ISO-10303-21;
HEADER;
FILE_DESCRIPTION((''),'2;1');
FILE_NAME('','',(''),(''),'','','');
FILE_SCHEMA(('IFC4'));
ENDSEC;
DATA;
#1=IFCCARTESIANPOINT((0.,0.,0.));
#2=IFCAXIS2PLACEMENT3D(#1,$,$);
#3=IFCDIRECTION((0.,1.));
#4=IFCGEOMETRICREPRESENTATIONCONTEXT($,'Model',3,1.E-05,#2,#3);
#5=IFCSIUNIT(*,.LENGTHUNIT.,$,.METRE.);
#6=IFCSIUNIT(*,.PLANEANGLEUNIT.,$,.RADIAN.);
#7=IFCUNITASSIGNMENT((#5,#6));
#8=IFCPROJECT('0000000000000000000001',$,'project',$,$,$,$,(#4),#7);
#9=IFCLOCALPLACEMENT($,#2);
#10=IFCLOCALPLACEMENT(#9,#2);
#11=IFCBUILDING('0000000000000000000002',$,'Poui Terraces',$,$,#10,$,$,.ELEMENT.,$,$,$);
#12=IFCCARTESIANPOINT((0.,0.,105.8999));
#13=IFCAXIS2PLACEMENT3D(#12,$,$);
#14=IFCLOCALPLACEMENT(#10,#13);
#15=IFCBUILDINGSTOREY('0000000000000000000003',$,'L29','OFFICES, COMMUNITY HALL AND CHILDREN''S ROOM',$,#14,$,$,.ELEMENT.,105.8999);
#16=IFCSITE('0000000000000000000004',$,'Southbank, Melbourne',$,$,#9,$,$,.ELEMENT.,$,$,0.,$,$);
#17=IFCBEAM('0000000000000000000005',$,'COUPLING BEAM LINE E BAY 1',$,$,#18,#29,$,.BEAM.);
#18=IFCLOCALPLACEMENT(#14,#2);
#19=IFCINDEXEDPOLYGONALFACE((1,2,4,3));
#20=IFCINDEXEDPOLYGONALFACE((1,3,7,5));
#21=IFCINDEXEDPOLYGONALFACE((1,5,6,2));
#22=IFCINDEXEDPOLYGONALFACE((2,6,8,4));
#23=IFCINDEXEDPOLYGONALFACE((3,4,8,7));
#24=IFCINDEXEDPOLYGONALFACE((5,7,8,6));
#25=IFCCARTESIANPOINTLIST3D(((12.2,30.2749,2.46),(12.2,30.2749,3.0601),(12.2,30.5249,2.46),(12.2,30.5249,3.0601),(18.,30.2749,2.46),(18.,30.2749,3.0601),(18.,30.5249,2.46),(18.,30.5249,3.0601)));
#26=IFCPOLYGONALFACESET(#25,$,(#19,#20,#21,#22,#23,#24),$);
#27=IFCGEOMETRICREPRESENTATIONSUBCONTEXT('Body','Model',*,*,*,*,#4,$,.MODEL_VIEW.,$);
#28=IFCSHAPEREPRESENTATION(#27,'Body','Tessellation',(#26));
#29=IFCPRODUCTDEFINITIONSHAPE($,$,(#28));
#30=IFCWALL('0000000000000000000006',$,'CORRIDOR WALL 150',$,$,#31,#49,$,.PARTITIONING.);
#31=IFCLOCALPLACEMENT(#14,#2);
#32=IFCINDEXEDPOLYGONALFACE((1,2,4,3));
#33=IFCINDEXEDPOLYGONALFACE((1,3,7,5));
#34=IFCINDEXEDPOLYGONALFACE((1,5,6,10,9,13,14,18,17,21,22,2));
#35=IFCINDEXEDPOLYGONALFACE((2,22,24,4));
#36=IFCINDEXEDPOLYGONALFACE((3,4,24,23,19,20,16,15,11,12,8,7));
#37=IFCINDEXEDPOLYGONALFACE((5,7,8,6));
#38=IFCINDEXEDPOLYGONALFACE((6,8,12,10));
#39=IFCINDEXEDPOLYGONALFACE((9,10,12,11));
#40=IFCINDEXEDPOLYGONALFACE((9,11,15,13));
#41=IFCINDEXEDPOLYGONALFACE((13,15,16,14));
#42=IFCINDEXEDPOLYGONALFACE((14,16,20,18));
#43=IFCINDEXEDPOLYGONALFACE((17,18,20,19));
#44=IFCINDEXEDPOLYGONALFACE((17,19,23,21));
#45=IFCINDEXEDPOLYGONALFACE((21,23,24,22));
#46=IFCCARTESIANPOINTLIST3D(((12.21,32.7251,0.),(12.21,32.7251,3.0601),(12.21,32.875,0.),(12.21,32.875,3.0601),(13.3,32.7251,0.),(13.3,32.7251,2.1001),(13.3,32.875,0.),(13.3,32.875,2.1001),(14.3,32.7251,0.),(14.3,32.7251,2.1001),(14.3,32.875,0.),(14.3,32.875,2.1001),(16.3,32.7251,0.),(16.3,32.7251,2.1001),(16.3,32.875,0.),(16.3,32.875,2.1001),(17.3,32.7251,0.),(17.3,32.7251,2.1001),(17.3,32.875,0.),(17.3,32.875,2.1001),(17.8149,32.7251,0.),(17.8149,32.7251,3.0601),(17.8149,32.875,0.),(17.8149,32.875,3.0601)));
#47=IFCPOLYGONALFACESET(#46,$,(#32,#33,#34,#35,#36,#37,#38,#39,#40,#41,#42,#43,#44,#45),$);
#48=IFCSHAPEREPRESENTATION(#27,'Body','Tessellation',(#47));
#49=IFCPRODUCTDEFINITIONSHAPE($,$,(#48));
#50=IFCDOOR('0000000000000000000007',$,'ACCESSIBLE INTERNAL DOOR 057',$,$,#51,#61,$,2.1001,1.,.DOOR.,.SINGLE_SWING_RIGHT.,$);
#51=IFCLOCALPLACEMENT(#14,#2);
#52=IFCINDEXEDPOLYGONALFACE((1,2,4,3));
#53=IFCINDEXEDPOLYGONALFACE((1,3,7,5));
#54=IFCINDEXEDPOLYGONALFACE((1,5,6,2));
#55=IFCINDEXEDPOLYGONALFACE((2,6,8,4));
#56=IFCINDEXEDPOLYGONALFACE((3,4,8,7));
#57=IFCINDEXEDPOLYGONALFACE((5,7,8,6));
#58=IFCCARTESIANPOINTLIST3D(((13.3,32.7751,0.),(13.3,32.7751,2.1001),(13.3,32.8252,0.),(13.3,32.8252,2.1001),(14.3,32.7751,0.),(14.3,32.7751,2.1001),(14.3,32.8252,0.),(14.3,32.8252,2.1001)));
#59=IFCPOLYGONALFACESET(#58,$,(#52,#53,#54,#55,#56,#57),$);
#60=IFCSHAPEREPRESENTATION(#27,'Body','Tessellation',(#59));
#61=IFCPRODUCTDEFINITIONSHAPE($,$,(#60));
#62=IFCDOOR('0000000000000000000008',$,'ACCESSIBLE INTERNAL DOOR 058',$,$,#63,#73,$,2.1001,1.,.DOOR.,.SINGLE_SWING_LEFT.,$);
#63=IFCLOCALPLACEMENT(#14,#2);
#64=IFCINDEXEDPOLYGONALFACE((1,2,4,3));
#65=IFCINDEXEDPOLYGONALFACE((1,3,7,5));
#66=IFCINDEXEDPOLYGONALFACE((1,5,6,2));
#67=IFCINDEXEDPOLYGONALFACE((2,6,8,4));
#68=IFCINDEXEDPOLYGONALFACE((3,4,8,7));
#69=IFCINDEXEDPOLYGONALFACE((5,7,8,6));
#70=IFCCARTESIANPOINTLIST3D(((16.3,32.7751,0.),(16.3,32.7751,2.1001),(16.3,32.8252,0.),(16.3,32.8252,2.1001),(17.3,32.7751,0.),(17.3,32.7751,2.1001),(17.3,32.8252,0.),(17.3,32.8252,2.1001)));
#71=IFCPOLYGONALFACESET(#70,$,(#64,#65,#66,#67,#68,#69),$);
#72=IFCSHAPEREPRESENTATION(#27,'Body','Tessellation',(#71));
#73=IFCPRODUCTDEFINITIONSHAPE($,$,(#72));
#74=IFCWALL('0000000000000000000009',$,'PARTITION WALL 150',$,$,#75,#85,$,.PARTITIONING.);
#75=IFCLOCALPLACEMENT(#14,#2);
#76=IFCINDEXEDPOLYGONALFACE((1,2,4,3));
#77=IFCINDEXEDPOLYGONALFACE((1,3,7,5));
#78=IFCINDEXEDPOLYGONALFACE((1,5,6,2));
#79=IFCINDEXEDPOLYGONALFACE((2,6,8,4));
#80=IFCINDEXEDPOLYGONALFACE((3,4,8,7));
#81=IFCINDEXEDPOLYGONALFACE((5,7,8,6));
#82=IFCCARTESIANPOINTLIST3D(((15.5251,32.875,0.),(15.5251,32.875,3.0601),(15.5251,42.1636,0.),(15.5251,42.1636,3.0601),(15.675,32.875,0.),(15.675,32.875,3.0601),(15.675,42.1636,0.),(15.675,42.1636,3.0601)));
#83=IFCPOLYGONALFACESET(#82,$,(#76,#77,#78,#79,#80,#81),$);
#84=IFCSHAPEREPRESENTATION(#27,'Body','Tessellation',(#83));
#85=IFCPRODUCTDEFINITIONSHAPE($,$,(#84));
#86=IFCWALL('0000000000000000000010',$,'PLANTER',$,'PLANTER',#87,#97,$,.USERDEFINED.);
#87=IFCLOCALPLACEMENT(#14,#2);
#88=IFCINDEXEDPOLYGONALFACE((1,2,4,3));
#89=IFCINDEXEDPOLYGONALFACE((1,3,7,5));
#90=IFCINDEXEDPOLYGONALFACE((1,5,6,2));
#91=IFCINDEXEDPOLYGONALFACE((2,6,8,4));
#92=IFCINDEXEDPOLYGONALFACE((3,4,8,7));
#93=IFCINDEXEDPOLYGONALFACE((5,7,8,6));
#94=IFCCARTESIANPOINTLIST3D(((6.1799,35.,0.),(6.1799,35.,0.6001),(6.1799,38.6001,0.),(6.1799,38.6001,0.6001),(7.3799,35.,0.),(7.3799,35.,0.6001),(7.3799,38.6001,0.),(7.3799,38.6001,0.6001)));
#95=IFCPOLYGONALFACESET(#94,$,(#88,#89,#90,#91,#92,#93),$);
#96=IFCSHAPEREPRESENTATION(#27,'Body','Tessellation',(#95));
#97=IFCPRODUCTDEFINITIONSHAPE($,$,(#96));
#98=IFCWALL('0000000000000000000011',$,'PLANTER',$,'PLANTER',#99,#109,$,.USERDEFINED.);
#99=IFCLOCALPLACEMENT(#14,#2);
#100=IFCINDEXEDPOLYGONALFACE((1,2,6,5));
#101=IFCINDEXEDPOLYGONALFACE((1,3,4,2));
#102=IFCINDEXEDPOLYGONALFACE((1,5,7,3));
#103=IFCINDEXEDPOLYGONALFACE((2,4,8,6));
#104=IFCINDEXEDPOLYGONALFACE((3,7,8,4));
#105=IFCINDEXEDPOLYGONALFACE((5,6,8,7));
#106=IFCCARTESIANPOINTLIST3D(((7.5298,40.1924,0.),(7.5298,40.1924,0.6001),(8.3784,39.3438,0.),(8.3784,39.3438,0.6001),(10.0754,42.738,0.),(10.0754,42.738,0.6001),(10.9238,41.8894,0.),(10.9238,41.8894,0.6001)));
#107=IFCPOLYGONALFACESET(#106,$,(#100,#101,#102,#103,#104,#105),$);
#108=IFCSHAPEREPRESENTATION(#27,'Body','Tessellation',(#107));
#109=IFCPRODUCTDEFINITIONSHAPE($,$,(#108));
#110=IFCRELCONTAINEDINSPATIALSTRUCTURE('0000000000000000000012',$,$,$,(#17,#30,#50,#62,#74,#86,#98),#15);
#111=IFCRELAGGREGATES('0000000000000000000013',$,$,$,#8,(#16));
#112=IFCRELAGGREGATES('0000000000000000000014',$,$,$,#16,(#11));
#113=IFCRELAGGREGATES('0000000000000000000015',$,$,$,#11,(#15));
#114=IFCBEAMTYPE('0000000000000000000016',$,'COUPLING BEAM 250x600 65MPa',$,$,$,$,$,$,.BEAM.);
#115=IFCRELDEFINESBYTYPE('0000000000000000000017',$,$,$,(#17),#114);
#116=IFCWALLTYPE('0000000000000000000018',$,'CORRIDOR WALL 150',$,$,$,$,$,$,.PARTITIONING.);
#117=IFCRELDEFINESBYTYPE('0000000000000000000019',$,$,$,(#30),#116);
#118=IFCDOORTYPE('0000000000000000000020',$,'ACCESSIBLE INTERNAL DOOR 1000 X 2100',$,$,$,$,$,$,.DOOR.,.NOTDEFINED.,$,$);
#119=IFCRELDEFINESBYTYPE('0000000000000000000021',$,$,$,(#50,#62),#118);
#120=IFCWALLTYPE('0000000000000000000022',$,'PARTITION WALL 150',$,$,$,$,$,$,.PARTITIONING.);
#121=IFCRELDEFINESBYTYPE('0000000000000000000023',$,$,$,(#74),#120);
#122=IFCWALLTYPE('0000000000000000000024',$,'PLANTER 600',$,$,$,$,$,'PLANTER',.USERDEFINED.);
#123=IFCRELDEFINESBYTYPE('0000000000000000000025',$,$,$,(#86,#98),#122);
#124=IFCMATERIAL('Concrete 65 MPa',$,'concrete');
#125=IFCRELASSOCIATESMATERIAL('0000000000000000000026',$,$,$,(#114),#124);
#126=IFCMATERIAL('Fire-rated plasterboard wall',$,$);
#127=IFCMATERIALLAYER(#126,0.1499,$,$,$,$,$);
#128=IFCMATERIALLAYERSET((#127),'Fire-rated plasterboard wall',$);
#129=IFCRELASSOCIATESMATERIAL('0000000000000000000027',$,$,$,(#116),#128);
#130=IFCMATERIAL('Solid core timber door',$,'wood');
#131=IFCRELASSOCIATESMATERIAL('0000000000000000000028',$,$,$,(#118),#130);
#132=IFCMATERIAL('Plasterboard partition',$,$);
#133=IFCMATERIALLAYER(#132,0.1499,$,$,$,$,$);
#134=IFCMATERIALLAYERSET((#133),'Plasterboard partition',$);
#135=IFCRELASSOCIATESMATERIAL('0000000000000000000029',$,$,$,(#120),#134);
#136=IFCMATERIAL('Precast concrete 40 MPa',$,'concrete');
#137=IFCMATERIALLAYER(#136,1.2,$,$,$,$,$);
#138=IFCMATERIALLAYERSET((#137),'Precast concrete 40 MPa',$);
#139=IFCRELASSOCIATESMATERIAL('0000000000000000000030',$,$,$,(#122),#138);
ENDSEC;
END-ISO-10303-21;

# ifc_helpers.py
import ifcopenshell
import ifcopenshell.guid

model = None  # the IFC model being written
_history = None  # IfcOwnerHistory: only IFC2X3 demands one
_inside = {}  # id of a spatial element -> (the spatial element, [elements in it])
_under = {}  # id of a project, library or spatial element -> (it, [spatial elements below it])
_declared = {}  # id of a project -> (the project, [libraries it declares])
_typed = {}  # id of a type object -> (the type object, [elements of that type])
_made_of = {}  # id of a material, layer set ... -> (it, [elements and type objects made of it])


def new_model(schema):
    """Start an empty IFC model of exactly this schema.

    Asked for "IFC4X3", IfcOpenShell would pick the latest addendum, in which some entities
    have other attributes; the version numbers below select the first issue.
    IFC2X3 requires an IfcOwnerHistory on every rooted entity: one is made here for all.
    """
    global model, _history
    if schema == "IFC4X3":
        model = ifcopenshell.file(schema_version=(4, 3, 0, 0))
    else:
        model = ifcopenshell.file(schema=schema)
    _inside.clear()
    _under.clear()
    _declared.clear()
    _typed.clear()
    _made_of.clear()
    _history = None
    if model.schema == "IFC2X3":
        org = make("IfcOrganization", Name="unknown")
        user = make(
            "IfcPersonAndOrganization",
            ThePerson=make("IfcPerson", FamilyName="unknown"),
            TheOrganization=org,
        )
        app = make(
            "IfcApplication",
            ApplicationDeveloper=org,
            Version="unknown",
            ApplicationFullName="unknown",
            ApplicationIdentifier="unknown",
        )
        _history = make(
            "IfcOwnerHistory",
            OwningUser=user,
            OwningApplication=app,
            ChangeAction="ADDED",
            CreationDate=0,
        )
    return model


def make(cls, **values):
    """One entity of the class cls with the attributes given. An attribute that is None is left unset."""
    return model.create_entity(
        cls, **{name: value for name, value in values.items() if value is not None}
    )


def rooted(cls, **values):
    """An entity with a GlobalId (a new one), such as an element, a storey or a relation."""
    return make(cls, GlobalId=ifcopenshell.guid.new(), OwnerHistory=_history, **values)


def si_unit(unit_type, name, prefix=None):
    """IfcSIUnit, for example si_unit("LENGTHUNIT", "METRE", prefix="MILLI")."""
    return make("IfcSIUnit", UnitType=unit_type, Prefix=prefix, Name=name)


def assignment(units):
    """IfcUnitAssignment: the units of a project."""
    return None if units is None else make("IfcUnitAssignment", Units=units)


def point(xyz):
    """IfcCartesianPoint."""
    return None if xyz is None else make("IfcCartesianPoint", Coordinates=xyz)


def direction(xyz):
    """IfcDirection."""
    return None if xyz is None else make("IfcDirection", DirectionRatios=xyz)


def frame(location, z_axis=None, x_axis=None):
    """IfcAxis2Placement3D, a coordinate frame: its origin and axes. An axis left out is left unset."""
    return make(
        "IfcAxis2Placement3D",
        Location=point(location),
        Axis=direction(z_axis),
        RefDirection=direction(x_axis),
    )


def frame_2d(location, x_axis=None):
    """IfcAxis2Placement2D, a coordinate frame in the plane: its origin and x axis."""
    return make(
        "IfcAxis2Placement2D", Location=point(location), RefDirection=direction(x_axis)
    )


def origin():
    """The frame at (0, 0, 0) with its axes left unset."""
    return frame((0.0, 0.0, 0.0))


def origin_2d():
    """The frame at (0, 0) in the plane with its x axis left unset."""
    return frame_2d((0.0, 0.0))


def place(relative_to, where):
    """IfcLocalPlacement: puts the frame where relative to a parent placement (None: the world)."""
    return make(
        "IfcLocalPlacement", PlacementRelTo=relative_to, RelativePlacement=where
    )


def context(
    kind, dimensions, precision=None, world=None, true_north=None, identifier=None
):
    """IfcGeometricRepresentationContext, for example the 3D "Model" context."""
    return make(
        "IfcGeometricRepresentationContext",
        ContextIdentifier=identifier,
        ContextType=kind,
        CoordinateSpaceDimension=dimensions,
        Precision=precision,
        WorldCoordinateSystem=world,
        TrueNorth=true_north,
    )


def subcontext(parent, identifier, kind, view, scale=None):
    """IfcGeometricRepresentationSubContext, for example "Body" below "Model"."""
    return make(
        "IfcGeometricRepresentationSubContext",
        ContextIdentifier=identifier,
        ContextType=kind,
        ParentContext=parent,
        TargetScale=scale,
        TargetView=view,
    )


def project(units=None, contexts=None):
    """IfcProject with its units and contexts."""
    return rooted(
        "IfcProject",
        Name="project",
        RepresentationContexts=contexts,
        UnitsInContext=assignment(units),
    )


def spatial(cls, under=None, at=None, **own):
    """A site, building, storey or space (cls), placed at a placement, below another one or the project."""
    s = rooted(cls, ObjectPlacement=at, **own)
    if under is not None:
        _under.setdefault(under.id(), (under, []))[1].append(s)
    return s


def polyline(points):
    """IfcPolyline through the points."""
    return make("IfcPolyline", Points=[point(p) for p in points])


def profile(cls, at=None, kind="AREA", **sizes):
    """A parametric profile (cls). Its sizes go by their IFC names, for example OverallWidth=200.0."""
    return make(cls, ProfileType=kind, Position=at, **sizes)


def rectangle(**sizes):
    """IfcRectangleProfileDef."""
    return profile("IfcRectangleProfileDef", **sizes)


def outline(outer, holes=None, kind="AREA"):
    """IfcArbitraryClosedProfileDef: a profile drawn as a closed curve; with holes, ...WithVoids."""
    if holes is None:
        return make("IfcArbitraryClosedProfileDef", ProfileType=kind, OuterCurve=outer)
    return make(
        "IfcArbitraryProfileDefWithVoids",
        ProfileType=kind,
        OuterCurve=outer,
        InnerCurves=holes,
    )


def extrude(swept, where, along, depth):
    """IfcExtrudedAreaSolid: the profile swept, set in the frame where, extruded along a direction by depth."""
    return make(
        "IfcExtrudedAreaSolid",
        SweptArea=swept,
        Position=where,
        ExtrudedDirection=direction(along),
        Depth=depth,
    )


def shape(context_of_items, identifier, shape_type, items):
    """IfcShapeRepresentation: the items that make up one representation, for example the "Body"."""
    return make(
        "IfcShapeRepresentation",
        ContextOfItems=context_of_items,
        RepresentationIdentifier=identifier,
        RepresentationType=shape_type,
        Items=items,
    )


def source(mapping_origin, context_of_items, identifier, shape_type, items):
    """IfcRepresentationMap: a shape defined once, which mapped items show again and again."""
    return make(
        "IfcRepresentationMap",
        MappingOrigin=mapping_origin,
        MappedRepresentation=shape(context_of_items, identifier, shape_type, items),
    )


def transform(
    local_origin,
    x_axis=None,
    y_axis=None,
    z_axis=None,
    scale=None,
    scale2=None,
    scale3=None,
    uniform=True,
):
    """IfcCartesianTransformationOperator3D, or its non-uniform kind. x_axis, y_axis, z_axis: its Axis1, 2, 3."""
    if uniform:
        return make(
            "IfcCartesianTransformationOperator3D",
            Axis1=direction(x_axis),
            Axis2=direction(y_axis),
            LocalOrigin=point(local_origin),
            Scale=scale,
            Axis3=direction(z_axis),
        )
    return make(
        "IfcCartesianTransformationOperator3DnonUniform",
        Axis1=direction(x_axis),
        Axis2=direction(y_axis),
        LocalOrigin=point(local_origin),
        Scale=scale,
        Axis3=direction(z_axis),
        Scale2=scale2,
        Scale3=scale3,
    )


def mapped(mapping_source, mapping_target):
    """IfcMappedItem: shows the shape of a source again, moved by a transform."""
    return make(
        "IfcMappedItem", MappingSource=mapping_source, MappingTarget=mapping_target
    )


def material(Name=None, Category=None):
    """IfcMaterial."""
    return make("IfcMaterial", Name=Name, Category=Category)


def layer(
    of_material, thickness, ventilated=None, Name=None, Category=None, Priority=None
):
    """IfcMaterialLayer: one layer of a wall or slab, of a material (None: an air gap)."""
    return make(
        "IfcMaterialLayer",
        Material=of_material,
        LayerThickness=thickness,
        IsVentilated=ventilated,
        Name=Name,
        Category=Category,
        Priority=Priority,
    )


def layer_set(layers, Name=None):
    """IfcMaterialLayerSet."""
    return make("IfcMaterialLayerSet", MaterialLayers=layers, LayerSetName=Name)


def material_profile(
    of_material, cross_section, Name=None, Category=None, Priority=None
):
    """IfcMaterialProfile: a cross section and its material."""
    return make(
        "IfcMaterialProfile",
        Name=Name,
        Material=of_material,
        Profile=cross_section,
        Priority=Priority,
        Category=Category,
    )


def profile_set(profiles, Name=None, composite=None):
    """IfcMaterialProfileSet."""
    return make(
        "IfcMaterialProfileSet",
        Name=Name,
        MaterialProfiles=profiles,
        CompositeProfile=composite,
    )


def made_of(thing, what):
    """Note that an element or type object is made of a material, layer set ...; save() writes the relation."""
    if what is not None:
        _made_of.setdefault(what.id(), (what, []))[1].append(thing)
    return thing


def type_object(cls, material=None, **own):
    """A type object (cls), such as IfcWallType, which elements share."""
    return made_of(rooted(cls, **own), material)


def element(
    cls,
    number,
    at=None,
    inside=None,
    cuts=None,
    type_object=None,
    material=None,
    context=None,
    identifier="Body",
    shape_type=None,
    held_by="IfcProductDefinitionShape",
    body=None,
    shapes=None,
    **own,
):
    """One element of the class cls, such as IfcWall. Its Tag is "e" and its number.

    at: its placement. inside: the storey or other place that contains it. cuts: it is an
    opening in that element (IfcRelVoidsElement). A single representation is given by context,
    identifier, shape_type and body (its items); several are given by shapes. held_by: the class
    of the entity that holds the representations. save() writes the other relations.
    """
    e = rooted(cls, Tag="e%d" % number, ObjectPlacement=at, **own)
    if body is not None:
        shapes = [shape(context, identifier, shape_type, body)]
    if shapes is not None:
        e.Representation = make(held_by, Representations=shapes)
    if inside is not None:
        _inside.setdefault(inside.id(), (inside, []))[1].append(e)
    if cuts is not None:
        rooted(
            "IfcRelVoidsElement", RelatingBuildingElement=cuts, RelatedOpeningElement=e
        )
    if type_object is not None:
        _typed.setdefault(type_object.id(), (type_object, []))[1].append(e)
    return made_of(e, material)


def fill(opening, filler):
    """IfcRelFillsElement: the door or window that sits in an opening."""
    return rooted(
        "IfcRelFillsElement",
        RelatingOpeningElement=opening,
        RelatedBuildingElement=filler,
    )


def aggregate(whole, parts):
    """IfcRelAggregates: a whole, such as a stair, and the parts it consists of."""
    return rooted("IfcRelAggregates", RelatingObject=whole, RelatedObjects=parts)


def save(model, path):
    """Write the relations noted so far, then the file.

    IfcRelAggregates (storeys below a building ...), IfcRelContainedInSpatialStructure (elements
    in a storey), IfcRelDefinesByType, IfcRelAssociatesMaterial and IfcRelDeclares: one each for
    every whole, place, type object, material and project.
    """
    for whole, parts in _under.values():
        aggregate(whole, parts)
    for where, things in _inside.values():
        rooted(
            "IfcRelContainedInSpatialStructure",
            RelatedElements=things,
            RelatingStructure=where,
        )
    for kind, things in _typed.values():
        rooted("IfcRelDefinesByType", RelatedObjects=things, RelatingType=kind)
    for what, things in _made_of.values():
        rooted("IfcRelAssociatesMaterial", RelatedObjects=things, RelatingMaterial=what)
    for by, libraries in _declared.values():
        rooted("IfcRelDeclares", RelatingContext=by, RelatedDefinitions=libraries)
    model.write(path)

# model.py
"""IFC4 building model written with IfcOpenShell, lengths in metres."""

from ifc_helpers import new_model, si_unit, direction, frame, frame_2d, origin, origin_2d, place, context, subcontext, project, spatial, polyline, rectangle, outline, extrude, source, transform, mapped, material, layer, layer_set, material_profile, profile_set, type_object, element, fill, save


model = new_model("IFC4")

# Units and contexts
model_context = context("Model", 3, precision=1e-05, world=origin(), true_north=direction((0.0, 1.0)))
body_context = subcontext(model_context, "Body", "Model", "MODEL_VIEW")
ifc_project = project(units=[si_unit("LENGTHUNIT", "METRE"), si_unit("PLANEANGLEUNIT", "RADIAN")], contexts=[model_context])

# Site, building, storey
site_placement = place(None, origin())
site = spatial("IfcSite", under=ifc_project, at=site_placement, Name="Southbank, Melbourne", CompositionType="ELEMENT", RefElevation=0.0)
building_placement = place(site_placement, origin())
building = spatial("IfcBuilding", under=site, at=building_placement, Name="Poui Terraces", CompositionType="ELEMENT")
storey_placement = place(building_placement, frame((0.0, 0.0, 105.8999)))
storey = spatial("IfcBuildingStorey", under=building, at=storey_placement, Name="L29", Description="OFFICES, COMMUNITY HALL AND CHILDREN'S ROOM", CompositionType="ELEMENT", Elevation=105.8999)

# Beam
ifc_material_1 = material(Name="Concrete 65 MPa", Category="concrete")
ifc_material_profile = material_profile(ifc_material_1, rectangle(XDim=0.25, YDim=0.6001, at=origin_2d()), Name="RC 250x600")
ifc_profile_set = profile_set([ifc_material_profile], Name="Concrete 65 MPa")
beam_type = type_object("IfcBeamType", Name="COUPLING BEAM 250x600 65MPa", PredefinedType="BEAM", material=ifc_profile_set)
shared_shape_1 = source(origin(), body_context, "Body", "SweptSolid", [
    extrude(rectangle(XDim=0.25, YDim=0.6001, at=origin_2d()), origin(), (0.0, 0.0, 1.0), 5.8),
])
beam_placement = place(storey_placement, frame((12.2, 30.3999, 2.76), z_axis=(1.0, 0.0, 0.0), x_axis=(0.0, 1.0, 0.0)))
element("IfcBeam", 1, at=beam_placement, inside=storey, type_object=beam_type, Name="COUPLING BEAM LINE E BAY 1", PredefinedType="BEAM", context=body_context, shape_type="MappedRepresentation", body=[
    mapped(shared_shape_1, transform((0.0, 0.0, 0.0))),
])

# Wall, openings, doors
ifc_material_2 = material(Name="Fire-rated plasterboard wall")
ifc_layer_1 = layer(ifc_material_2, 0.1499)
ifc_layer_set_1 = layer_set([ifc_layer_1], Name="Fire-rated plasterboard wall")
wall_type_1 = type_object("IfcWallType", Name="CORRIDOR WALL 150", PredefinedType="PARTITIONING", material=ifc_layer_set_1)
wall_1_placement = place(storey_placement, frame((12.21, 32.8, 0.0), z_axis=(0.0, 0.0, 1.0), x_axis=(1.0, 0.0, 0.0)))
wall_1 = element("IfcWall", 2, at=wall_1_placement, inside=storey, type_object=wall_type_1, Name="CORRIDOR WALL 150", PredefinedType="PARTITIONING", context=body_context, shape_type="SweptSolid", body=[
    extrude(rectangle(XDim=5.605, YDim=0.1499, at=frame_2d((2.8025, 0.0))), origin(), (0.0, 0.0, 1.0), 3.0601),
])
opening_1_placement = place(wall_1_placement, frame((1.0901, 0.0, 0.0)))
opening_1 = element("IfcOpeningElement", 3, at=opening_1_placement, cuts=wall_1, PredefinedType="OPENING", context=body_context, shape_type="SweptSolid", body=[
    extrude(rectangle(XDim=1.0, YDim=2.1001, at=frame_2d((0.5, 1.05))), frame((0.0, 0.085, 0.0), z_axis=(0.0, -1.0, 0.0), x_axis=(1.0, 0.0, 0.0)), (0.0, 0.0, 1.0), 0.1699),
])
opening_2_placement = place(wall_1_placement, frame((4.0901, 0.0, 0.0)))
opening_2 = element("IfcOpeningElement", 4, at=opening_2_placement, cuts=wall_1, PredefinedType="OPENING", context=body_context, shape_type="SweptSolid", body=[
    extrude(rectangle(XDim=1.0, YDim=2.1001, at=frame_2d((0.5, 1.05))), frame((0.0, 0.085, 0.0), z_axis=(0.0, -1.0, 0.0), x_axis=(1.0, 0.0, 0.0)), (0.0, 0.0, 1.0), 0.1699),
])
ifc_material_3 = material(Name="Solid core timber door", Category="wood")
door_type = type_object("IfcDoorType", Name="ACCESSIBLE INTERNAL DOOR 1000 X 2100", OperationType="NOTDEFINED", PredefinedType="DOOR", material=ifc_material_3)
door_1_placement = place(opening_1_placement, frame((1.0, 0.0, 0.0), z_axis=(0.0, 0.0, 1.0), x_axis=(-1.0, 0.0, 0.0)))
door_1 = element("IfcDoor", 5, at=door_1_placement, inside=storey, type_object=door_type, Name="ACCESSIBLE INTERNAL DOOR 057", OperationType="SINGLE_SWING_RIGHT", OverallHeight=2.1001, OverallWidth=1.0, PredefinedType="DOOR", context=body_context, shape_type="SweptSolid", body=[
    extrude(rectangle(XDim=1.0, YDim=2.1001, at=frame_2d((0.5, 1.05))), frame((0.0, 0.0249, 0.0), z_axis=(0.0, -1.0, 0.0), x_axis=(1.0, 0.0, 0.0)), (0.0, 0.0, 1.0), 0.05),
])
fill(opening_1, door_1)
door_2_placement = place(opening_2_placement, frame((1.0, 0.0, 0.0), z_axis=(0.0, 0.0, 1.0), x_axis=(-1.0, 0.0, 0.0)))
door_2 = element("IfcDoor", 6, at=door_2_placement, inside=storey, type_object=door_type, Name="ACCESSIBLE INTERNAL DOOR 058", OperationType="SINGLE_SWING_LEFT", OverallHeight=2.1001, OverallWidth=1.0, PredefinedType="DOOR", context=body_context, shape_type="SweptSolid", body=[
    extrude(rectangle(XDim=1.0, YDim=2.1001, at=frame_2d((0.5, 1.05))), frame((0.0, 0.0249, 0.0), z_axis=(0.0, -1.0, 0.0), x_axis=(1.0, 0.0, 0.0)), (0.0, 0.0, 1.0), 0.05),
])
fill(opening_2, door_2)

# Walls
ifc_material_4 = material(Name="Plasterboard partition")
ifc_layer_2 = layer(ifc_material_4, 0.1499)
ifc_layer_set_2 = layer_set([ifc_layer_2], Name="Plasterboard partition")
wall_type_2 = type_object("IfcWallType", Name="PARTITION WALL 150", PredefinedType="PARTITIONING", material=ifc_layer_set_2)
wall_2_placement = place(storey_placement, frame((15.6001, 32.875, 0.0), z_axis=(0.0, 0.0, 1.0), x_axis=(0.0, 1.0, 0.0)))
element("IfcWall", 7, at=wall_2_placement, inside=storey, type_object=wall_type_2, Name="PARTITION WALL 150", PredefinedType="PARTITIONING", context=body_context, shape_type="SweptSolid", body=[
    extrude(rectangle(XDim=9.2886, YDim=0.1499, at=frame_2d((4.6443, 0.0))), origin(), (0.0, 0.0, 1.0), 3.0601),
])
ifc_material_5 = material(Name="Precast concrete 40 MPa", Category="concrete")
ifc_layer_3 = layer(ifc_material_5, 1.2)
ifc_layer_set_3 = layer_set([ifc_layer_3], Name="Precast concrete 40 MPa")
wall_type_3 = type_object("IfcWallType", Name="PLANTER 600", ElementType="PLANTER", PredefinedType="USERDEFINED", material=ifc_layer_set_3)
shared_shape_2 = source(origin(), body_context, "Body", "SweptSolid", [
    extrude(outline(polyline([(0.0, 0.0), (1.2, 0.0), (1.2, 3.6001), (0.0, 3.6001), (0.0, 0.0)])), origin(), (0.0, 0.0, 1.0), 0.6001),
])
wall_3_placement = place(storey_placement, frame((6.1799, 35.0, 0.0)))
element("IfcWall", 8, at=wall_3_placement, inside=storey, type_object=wall_type_3, Name="PLANTER", ObjectType="PLANTER", PredefinedType="USERDEFINED", context=body_context, shape_type="MappedRepresentation", body=[
    mapped(shared_shape_2, transform((0.0, 0.0, 0.0))),
])
shared_shape_3 = source(origin(), body_context, "Body", "SweptSolid", [
    extrude(outline(polyline([(0.0, 0.0), (0.8486, -0.8486), (3.394, 1.697), (2.5457, 2.5457), (0.0, 0.0)])), origin(), (0.0, 0.0, 1.0), 0.6001),
])
wall_4_placement = place(storey_placement, frame((7.5298, 40.1924, 0.0)))
element("IfcWall", 9, at=wall_4_placement, inside=storey, type_object=wall_type_3, Name="PLANTER", ObjectType="PLANTER", PredefinedType="USERDEFINED", context=body_context, shape_type="MappedRepresentation", body=[
    mapped(shared_shape_3, transform((0.0, 0.0, 0.0))),
])

save(model, "model.ifc")
